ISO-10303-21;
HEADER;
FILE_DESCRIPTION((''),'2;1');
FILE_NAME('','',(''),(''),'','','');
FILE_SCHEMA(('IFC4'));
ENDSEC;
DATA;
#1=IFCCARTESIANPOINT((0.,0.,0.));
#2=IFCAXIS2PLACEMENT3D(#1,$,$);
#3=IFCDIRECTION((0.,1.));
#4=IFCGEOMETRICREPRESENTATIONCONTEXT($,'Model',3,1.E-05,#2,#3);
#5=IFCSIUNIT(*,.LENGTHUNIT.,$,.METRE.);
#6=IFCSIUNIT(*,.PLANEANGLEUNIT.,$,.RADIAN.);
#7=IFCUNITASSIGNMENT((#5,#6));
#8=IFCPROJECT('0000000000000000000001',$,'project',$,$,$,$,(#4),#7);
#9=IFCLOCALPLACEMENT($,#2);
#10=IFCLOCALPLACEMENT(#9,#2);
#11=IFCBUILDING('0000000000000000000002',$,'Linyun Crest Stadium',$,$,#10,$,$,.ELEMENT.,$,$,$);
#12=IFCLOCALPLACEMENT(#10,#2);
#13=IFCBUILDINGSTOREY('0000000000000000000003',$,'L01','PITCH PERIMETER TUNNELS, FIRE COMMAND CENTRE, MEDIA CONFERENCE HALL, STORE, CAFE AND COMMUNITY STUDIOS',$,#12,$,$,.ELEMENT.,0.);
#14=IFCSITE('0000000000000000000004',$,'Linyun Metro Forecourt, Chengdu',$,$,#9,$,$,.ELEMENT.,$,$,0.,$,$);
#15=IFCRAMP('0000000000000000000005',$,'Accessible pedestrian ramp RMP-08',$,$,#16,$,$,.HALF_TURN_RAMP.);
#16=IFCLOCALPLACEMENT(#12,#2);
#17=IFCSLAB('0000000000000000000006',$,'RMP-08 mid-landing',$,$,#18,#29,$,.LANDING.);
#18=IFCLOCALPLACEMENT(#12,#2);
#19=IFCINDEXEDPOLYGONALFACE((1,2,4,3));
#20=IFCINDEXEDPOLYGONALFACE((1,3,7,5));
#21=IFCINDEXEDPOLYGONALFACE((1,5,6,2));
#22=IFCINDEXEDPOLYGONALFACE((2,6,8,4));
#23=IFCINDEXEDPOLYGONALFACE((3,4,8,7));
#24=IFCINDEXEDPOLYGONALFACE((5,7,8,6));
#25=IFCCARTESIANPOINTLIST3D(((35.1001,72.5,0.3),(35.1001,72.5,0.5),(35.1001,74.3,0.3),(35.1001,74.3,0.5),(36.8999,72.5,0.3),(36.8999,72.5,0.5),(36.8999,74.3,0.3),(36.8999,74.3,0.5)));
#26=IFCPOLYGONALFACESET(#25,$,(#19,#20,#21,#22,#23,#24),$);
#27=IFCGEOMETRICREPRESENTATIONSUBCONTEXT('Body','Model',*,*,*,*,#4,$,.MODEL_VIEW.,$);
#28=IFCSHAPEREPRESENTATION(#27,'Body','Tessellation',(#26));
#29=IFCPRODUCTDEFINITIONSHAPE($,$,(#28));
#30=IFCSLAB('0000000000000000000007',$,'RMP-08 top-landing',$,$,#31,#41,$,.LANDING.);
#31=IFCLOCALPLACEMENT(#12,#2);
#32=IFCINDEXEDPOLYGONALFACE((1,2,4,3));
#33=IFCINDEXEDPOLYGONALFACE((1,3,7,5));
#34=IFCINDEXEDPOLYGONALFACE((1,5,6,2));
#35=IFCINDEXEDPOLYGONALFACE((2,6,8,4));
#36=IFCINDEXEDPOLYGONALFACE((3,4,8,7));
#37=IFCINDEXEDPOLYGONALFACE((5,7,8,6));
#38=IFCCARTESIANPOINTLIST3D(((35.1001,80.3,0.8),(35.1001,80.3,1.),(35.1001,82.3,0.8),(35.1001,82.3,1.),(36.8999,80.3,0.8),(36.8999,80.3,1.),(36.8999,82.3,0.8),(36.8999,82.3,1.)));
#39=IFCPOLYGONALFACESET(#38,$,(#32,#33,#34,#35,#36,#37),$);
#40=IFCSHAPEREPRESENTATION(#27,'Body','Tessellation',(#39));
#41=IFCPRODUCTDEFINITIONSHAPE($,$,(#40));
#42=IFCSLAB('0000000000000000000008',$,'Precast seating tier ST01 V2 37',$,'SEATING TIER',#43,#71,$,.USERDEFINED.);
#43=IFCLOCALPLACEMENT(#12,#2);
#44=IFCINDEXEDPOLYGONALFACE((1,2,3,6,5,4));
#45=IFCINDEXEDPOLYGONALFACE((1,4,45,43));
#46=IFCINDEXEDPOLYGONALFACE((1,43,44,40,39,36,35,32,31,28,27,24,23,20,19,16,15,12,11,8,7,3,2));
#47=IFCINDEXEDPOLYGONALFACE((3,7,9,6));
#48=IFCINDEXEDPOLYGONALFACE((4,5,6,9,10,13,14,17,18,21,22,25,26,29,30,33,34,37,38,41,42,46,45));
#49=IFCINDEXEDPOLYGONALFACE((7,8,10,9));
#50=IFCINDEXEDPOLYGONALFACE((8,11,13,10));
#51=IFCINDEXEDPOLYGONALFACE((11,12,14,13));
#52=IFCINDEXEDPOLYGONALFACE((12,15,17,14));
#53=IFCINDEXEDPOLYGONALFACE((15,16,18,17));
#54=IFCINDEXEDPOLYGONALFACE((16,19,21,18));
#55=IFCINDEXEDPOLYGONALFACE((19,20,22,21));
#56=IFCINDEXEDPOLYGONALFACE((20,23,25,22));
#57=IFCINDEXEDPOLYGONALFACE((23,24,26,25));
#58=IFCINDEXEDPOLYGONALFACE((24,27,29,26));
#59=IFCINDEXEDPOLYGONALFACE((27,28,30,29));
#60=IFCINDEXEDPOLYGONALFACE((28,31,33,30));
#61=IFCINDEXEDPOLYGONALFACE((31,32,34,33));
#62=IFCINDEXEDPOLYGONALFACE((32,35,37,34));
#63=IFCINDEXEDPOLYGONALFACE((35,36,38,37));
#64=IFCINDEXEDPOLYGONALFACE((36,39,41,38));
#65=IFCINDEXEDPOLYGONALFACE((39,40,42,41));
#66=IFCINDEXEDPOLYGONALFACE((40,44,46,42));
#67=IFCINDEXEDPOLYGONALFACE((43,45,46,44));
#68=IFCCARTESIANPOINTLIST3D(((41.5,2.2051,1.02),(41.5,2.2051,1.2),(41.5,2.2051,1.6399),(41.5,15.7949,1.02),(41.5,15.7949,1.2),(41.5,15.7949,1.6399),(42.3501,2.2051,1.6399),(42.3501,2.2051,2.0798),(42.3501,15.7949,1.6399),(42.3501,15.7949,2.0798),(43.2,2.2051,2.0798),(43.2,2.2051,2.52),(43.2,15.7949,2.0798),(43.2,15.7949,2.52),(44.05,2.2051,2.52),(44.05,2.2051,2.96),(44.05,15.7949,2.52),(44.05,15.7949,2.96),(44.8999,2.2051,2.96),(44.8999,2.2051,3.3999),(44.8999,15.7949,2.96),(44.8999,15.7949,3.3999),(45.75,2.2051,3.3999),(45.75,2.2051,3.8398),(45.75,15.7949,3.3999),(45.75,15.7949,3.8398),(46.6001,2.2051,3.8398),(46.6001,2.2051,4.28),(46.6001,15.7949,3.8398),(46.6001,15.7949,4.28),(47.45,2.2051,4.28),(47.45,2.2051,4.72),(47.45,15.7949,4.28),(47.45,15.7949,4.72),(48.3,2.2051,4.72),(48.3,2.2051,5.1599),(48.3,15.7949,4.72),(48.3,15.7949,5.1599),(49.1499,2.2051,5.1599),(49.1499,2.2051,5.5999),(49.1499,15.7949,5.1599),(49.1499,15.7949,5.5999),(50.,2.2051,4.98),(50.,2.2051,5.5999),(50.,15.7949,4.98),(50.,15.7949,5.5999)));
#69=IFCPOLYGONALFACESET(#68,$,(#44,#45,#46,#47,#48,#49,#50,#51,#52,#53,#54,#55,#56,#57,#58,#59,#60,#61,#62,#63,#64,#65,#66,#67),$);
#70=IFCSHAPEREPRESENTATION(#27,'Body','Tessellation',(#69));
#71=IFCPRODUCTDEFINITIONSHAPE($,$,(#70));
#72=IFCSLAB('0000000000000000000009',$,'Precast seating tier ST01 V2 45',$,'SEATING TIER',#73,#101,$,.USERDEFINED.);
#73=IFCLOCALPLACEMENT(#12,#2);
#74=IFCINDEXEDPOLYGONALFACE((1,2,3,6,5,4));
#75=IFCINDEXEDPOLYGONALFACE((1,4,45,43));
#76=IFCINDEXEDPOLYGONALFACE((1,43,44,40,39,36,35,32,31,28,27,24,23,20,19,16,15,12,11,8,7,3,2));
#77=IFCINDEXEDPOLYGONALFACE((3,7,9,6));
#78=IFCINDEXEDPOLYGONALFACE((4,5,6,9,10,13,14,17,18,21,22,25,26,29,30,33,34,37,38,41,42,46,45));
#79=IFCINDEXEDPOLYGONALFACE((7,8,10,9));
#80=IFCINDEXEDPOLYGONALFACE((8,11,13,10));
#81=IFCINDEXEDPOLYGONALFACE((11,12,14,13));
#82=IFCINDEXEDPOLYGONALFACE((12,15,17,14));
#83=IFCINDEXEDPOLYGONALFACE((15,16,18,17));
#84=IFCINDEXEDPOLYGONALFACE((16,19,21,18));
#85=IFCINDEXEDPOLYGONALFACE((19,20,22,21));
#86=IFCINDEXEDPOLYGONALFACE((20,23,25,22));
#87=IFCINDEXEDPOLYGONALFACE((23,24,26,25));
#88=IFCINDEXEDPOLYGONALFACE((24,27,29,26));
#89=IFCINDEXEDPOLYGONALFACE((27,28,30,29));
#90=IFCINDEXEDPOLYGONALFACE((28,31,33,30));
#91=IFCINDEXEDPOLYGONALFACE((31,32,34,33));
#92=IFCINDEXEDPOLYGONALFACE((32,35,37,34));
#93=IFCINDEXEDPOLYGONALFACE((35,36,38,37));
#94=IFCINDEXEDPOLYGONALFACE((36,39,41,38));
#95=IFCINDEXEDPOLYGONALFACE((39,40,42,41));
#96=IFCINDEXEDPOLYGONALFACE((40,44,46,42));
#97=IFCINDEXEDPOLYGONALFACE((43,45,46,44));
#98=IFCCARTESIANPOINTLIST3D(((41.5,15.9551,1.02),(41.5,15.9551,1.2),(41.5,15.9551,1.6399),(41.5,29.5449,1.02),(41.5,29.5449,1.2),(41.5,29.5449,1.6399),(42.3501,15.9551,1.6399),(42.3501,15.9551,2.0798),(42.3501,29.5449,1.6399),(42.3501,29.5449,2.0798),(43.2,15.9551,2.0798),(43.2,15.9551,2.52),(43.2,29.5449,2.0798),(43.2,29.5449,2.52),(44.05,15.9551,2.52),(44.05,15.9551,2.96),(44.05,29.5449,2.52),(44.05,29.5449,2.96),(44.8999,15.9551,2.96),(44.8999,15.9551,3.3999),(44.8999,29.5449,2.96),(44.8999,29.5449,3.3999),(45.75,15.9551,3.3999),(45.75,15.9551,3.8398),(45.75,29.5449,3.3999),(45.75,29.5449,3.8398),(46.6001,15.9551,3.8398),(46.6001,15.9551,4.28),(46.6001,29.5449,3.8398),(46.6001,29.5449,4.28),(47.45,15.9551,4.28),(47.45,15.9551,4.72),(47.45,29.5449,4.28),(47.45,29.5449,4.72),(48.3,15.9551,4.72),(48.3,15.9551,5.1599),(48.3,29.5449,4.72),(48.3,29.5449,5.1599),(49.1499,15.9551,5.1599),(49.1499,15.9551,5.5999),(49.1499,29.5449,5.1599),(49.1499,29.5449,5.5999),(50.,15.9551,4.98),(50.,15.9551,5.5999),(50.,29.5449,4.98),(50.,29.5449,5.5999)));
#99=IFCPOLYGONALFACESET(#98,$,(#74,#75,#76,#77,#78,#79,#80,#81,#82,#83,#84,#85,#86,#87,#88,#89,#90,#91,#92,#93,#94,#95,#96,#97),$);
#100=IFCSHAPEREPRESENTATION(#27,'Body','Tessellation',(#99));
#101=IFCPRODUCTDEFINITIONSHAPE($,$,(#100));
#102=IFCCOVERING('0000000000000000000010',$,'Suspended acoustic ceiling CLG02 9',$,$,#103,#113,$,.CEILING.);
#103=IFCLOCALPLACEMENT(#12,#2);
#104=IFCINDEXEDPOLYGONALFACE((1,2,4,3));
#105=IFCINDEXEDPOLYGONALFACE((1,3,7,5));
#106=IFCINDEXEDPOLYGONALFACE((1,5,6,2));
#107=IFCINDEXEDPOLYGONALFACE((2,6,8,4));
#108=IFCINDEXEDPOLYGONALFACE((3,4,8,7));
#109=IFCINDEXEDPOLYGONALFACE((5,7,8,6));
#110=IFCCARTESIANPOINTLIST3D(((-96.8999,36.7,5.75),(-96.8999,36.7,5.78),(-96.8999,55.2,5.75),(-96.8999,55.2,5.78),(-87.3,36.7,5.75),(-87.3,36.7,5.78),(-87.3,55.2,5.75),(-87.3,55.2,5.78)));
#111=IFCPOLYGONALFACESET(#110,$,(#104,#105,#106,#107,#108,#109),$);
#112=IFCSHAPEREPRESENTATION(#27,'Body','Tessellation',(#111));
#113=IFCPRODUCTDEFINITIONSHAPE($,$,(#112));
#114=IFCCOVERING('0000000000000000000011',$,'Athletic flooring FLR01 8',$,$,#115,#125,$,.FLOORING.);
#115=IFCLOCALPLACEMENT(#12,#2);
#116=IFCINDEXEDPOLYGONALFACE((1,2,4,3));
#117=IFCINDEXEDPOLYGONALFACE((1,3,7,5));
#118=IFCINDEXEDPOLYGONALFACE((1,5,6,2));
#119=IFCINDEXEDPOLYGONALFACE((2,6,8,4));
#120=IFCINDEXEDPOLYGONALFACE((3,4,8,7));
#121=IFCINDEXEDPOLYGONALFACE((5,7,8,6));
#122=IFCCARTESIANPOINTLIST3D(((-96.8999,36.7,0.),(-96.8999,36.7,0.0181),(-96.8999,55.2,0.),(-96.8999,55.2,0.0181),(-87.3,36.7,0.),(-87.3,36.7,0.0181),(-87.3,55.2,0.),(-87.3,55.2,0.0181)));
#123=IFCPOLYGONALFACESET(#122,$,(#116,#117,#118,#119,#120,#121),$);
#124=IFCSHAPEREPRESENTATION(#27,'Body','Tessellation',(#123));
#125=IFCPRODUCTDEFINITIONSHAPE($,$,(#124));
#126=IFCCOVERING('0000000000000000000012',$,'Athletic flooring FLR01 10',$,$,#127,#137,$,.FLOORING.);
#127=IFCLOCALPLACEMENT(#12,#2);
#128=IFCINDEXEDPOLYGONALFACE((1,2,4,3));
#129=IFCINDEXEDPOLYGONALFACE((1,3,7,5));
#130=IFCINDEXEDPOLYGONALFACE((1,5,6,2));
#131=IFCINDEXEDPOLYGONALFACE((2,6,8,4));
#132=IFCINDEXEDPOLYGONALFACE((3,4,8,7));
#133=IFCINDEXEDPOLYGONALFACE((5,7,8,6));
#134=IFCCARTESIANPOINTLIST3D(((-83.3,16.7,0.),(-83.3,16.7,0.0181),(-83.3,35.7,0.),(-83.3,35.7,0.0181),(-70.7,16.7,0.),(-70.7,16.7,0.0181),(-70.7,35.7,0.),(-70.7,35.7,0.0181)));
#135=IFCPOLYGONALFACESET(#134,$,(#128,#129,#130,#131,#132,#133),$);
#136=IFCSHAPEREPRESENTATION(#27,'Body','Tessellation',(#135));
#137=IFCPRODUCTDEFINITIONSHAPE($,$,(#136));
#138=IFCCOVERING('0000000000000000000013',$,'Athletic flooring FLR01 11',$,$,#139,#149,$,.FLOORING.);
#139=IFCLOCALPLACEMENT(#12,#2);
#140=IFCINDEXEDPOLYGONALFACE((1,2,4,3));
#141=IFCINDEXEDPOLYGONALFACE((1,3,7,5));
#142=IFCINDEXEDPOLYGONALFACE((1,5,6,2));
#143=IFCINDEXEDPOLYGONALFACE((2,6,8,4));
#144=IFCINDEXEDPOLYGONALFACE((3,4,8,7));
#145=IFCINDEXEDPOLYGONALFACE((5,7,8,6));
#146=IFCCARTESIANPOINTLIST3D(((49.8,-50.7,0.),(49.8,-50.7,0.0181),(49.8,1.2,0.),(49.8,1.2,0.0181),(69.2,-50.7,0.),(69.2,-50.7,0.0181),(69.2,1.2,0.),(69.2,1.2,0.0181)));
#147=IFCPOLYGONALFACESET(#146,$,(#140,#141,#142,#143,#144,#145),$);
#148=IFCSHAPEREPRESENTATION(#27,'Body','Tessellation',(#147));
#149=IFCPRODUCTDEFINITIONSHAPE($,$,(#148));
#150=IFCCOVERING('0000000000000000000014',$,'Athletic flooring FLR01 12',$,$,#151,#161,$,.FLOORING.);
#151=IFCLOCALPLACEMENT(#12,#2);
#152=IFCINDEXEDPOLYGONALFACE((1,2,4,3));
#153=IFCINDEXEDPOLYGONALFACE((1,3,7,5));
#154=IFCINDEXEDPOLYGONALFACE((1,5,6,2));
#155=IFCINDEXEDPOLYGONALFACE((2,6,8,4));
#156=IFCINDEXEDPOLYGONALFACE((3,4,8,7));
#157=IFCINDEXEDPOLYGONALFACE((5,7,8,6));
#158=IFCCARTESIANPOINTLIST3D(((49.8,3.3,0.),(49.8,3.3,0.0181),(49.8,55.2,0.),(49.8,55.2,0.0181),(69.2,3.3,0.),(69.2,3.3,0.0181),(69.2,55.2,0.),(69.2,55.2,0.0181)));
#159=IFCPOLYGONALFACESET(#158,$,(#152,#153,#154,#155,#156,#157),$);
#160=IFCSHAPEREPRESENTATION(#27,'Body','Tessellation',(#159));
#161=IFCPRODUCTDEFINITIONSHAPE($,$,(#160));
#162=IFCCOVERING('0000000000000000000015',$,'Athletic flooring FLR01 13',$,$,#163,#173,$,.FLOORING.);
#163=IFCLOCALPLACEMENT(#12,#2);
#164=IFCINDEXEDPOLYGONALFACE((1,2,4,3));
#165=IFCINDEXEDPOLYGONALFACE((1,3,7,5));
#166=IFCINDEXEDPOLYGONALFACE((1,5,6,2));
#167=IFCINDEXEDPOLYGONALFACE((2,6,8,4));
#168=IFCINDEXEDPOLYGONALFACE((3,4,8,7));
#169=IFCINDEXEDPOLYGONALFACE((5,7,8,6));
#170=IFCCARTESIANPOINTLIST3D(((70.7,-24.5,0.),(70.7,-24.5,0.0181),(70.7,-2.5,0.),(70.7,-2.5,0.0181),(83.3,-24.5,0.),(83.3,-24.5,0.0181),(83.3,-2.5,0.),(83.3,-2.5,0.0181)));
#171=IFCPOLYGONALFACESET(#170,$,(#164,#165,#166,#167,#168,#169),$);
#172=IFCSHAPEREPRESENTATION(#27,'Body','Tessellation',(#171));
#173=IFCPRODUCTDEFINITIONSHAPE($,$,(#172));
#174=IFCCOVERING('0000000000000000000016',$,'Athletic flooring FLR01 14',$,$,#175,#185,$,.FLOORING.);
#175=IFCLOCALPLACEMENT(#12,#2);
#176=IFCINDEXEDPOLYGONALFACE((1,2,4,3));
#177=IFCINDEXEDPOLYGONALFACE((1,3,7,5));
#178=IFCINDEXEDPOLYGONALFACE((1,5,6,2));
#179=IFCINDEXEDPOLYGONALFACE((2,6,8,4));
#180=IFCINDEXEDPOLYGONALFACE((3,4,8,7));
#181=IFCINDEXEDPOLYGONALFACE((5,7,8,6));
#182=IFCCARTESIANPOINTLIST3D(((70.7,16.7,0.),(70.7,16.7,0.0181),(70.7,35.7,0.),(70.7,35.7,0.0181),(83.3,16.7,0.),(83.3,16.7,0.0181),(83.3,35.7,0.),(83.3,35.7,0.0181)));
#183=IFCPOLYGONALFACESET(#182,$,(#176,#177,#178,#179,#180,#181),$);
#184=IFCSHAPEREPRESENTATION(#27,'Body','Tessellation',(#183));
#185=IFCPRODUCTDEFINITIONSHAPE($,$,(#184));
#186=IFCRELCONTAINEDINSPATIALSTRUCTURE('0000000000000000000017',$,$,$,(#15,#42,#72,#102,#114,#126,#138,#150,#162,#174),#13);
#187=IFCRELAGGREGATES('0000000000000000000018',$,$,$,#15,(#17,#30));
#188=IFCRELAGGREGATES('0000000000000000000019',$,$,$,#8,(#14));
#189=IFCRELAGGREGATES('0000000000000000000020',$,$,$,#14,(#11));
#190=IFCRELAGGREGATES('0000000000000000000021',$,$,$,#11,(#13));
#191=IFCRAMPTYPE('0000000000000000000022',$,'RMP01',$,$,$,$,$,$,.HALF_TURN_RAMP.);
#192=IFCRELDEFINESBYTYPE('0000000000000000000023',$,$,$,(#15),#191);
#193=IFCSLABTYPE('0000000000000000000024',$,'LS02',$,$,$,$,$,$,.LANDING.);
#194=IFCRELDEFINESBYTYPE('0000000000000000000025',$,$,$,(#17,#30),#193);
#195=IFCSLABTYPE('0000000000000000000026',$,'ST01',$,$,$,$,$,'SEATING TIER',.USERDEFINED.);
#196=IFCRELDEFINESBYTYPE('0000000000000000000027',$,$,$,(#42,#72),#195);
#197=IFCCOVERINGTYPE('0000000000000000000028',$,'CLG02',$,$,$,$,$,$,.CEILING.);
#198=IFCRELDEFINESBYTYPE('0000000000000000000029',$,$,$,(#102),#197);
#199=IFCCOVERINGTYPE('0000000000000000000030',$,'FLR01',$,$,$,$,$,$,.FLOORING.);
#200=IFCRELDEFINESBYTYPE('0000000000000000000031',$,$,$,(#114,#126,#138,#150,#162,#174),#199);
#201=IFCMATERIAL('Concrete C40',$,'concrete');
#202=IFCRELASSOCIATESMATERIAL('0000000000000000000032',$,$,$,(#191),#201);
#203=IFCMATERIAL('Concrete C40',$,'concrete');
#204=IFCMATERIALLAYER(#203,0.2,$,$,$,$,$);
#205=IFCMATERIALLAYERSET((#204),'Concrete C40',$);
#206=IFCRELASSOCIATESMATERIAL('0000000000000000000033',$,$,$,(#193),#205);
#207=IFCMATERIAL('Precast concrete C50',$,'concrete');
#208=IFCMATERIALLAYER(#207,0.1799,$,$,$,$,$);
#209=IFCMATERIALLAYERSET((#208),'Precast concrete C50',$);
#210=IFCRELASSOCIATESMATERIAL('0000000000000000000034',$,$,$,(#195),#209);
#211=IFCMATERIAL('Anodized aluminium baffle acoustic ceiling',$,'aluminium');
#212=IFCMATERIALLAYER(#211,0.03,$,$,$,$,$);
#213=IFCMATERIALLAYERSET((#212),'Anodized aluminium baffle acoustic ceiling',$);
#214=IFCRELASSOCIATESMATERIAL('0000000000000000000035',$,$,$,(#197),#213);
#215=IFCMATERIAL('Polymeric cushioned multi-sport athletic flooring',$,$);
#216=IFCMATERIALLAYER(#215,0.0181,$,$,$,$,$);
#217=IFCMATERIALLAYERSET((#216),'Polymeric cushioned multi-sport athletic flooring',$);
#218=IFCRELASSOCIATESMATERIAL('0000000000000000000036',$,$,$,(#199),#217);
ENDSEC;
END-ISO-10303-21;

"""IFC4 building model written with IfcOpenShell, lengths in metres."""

from ifc_helpers import new_model, si_unit, direction, frame, origin, place, context, subcontext, project, spatial, polyline, outline, extrude, material, layer, layer_set, type_object, element, aggregate, save


model = new_model("IFC4")

# Units and contexts
model_context = context("Model", 3, precision=1e-05, world=origin(), true_north=direction((0.0, 1.0)))
body_context = subcontext(model_context, "Body", "Model", "MODEL_VIEW")
ifc_project = project(units=[si_unit("LENGTHUNIT", "METRE"), si_unit("PLANEANGLEUNIT", "RADIAN")], contexts=[model_context])

# Site, building, storey
site_placement = place(None, origin())
site = spatial("IfcSite", under=ifc_project, at=site_placement, Name="Linyun Metro Forecourt, Chengdu", CompositionType="ELEMENT", RefElevation=0.0)
building_placement = place(site_placement, origin())
building = spatial("IfcBuilding", under=site, at=building_placement, Name="Linyun Crest Stadium", CompositionType="ELEMENT")
storey_placement = place(building_placement, origin())
storey = spatial("IfcBuildingStorey", under=building, at=storey_placement, Name="L01", Description="PITCH PERIMETER TUNNELS, FIRE COMMAND CENTRE, MEDIA CONFERENCE HALL, STORE, CAFE AND COMMUNITY STUDIOS", CompositionType="ELEMENT", Elevation=0.0)

# Shared definitions
ifc_material_1 = material(Name="Concrete C40", Category="concrete")
ramp_type = type_object("IfcRampType", Name="RMP01", PredefinedType="HALF_TURN_RAMP", material=ifc_material_1)
ifc_material_2 = material(Name="Concrete C40", Category="concrete")
ifc_layer_1 = layer(ifc_material_2, 0.2)
ifc_layer_set_1 = layer_set([ifc_layer_1], Name="Concrete C40")
slab_type_1 = type_object("IfcSlabType", Name="LS02", PredefinedType="LANDING", material=ifc_layer_set_1)

# Ramp, slabs
ramp_1_placement = place(storey_placement, origin())
ramp_1 = element("IfcRamp", 1, at=ramp_1_placement, inside=storey, type_object=ramp_type, Name="Accessible pedestrian ramp RMP-08", PredefinedType="HALF_TURN_RAMP")
slab_1_placement = place(storey_placement, frame((0.0, 0.0, 0.3)))
slab_1 = element("IfcSlab", 2, at=slab_1_placement, type_object=slab_type_1, Name="RMP-08 mid-landing", PredefinedType="LANDING", context=body_context, shape_type="SweptSolid", body=[
    extrude(outline(polyline([(35.1001, 72.5), (36.8999, 72.5), (36.8999, 74.3), (35.1001, 74.3), (35.1001, 72.5)])), origin(), (0.0, 0.0, 1.0), 0.2),
])
slab_2_placement = place(storey_placement, frame((0.0, 0.0, 0.8)))
slab_2 = element("IfcSlab", 3, at=slab_2_placement, type_object=slab_type_1, Name="RMP-08 top-landing", PredefinedType="LANDING", context=body_context, shape_type="SweptSolid", body=[
    extrude(outline(polyline([(35.1001, 80.3), (36.8999, 80.3), (36.8999, 82.3), (35.1001, 82.3), (35.1001, 80.3)])), origin(), (0.0, 0.0, 1.0), 0.2),
])
aggregate(ramp_1, [slab_1, slab_2])

# Slabs
ifc_material_3 = material(Name="Precast concrete C50", Category="concrete")
ifc_layer_2 = layer(ifc_material_3, 0.1799)
ifc_layer_set_2 = layer_set([ifc_layer_2], Name="Precast concrete C50")
slab_type_2 = type_object("IfcSlabType", Name="ST01", ElementType="SEATING TIER", PredefinedType="USERDEFINED", material=ifc_layer_set_2)
for number, where, z_axis, x_axis, name in (
    (4, (41.5, 2.2051, 1.2), (0.0, 0.0, 1.0), (1.0, 0.0, 0.0), "Precast seating tier ST01 V2 37"),
    (5, (41.5, 15.9551, 1.2), (0.0, 0.0, 1.0), (1.0, 0.0, 0.0), "Precast seating tier ST01 V2 45"),
):
    element("IfcSlab", number, at=place(storey_placement, frame(where, z_axis=z_axis, x_axis=x_axis)), inside=storey, type_object=slab_type_2, Name=name, ObjectType="SEATING TIER", PredefinedType="USERDEFINED", context=body_context, shape_type="SweptSolid", body=[
        extrude(outline(polyline([(0.0, 0.0), (0.0, -0.4399), (0.8501, -0.4399), (0.8501, -0.8799), (1.7, -0.8799), (1.7, -1.3201), (2.55, -1.3201), (2.55, -1.76), (3.3999, -1.76), (3.3999, -2.2), (4.25, -2.2), (4.25, -2.6399), (5.1001, -2.6399), (5.1001, -3.0801), (5.95, -3.0801), (5.95, -3.52), (6.8, -3.52), (6.8, -3.96), (7.6499, -3.96), (7.6499, -4.3999), (8.5, -4.3999), (8.5, -3.78), (0.0, 0.1799), (0.0, 0.0)])), frame((0.0, 0.0, 0.0), z_axis=(0.0, 1.0, 0.0), x_axis=(1.0, 0.0, 0.0)), (0.0, 0.0, 1.0), 13.5898),
    ])

# Coverings
ifc_material_4 = material(Name="Anodized aluminium baffle acoustic ceiling", Category="aluminium")
ifc_layer_3 = layer(ifc_material_4, 0.03)
ifc_layer_set_3 = layer_set([ifc_layer_3], Name="Anodized aluminium baffle acoustic ceiling")
covering_type_1 = type_object("IfcCoveringType", Name="CLG02", PredefinedType="CEILING", material=ifc_layer_set_3)
covering_1_placement = place(storey_placement, frame((0.0, 0.0, 5.75)))
element("IfcCovering", 6, at=covering_1_placement, inside=storey, type_object=covering_type_1, Name="Suspended acoustic ceiling CLG02 9", PredefinedType="CEILING", context=body_context, shape_type="SweptSolid", body=[
    extrude(outline(polyline([(-96.8999, 36.7), (-87.3, 36.7), (-87.3, 55.2), (-96.8999, 55.2), (-96.8999, 36.7)])), origin(), (0.0, 0.0, 1.0), 0.03),
])
ifc_material_5 = material(Name="Polymeric cushioned multi-sport athletic flooring")
ifc_layer_4 = layer(ifc_material_5, 0.0181)
ifc_layer_set_4 = layer_set([ifc_layer_4], Name="Polymeric cushioned multi-sport athletic flooring")
covering_type_2 = type_object("IfcCoveringType", Name="FLR01", PredefinedType="FLOORING", material=ifc_layer_set_4)
covering_2_placement = place(storey_placement, origin())
element("IfcCovering", 7, at=covering_2_placement, inside=storey, type_object=covering_type_2, Name="Athletic flooring FLR01 8", PredefinedType="FLOORING", context=body_context, shape_type="SweptSolid", body=[
    extrude(outline(polyline([(-96.8999, 36.7), (-87.3, 36.7), (-87.3, 55.2), (-96.8999, 55.2), (-96.8999, 36.7)])), origin(), (0.0, 0.0, 1.0), 0.0181),
])
covering_3_placement = place(storey_placement, origin())
element("IfcCovering", 8, at=covering_3_placement, inside=storey, type_object=covering_type_2, Name="Athletic flooring FLR01 10", PredefinedType="FLOORING", context=body_context, shape_type="SweptSolid", body=[
    extrude(outline(polyline([(-83.3, 16.7), (-70.7, 16.7), (-70.7, 35.7), (-83.3, 35.7), (-83.3, 16.7)])), origin(), (0.0, 0.0, 1.0), 0.0181),
])
covering_4_placement = place(storey_placement, origin())
element("IfcCovering", 9, at=covering_4_placement, inside=storey, type_object=covering_type_2, Name="Athletic flooring FLR01 11", PredefinedType="FLOORING", context=body_context, shape_type="SweptSolid", body=[
    extrude(outline(polyline([(49.8, -50.7), (69.2, -50.7), (69.2, 1.2), (49.8, 1.2), (49.8, -50.7)])), origin(), (0.0, 0.0, 1.0), 0.0181),
])
covering_5_placement = place(storey_placement, origin())
element("IfcCovering", 10, at=covering_5_placement, inside=storey, type_object=covering_type_2, Name="Athletic flooring FLR01 12", PredefinedType="FLOORING", context=body_context, shape_type="SweptSolid", body=[
    extrude(outline(polyline([(49.8, 3.3), (69.2, 3.3), (69.2, 55.2), (49.8, 55.2), (49.8, 3.3)])), origin(), (0.0, 0.0, 1.0), 0.0181),
])
covering_6_placement = place(storey_placement, origin())
element("IfcCovering", 11, at=covering_6_placement, inside=storey, type_object=covering_type_2, Name="Athletic flooring FLR01 13", PredefinedType="FLOORING", context=body_context, shape_type="SweptSolid", body=[
    extrude(outline(polyline([(70.7, -24.5), (83.3, -24.5), (83.3, -2.5), (70.7, -2.5), (70.7, -24.5)])), origin(), (0.0, 0.0, 1.0), 0.0181),
])
covering_7_placement = place(storey_placement, origin())
element("IfcCovering", 12, at=covering_7_placement, inside=storey, type_object=covering_type_2, Name="Athletic flooring FLR01 14", PredefinedType="FLOORING", context=body_context, shape_type="SweptSolid", body=[
    extrude(outline(polyline([(70.7, 16.7), (83.3, 16.7), (83.3, 35.7), (70.7, 35.7), (70.7, 16.7)])), origin(), (0.0, 0.0, 1.0), 0.0181),
])

save(model, "model.ifc")
